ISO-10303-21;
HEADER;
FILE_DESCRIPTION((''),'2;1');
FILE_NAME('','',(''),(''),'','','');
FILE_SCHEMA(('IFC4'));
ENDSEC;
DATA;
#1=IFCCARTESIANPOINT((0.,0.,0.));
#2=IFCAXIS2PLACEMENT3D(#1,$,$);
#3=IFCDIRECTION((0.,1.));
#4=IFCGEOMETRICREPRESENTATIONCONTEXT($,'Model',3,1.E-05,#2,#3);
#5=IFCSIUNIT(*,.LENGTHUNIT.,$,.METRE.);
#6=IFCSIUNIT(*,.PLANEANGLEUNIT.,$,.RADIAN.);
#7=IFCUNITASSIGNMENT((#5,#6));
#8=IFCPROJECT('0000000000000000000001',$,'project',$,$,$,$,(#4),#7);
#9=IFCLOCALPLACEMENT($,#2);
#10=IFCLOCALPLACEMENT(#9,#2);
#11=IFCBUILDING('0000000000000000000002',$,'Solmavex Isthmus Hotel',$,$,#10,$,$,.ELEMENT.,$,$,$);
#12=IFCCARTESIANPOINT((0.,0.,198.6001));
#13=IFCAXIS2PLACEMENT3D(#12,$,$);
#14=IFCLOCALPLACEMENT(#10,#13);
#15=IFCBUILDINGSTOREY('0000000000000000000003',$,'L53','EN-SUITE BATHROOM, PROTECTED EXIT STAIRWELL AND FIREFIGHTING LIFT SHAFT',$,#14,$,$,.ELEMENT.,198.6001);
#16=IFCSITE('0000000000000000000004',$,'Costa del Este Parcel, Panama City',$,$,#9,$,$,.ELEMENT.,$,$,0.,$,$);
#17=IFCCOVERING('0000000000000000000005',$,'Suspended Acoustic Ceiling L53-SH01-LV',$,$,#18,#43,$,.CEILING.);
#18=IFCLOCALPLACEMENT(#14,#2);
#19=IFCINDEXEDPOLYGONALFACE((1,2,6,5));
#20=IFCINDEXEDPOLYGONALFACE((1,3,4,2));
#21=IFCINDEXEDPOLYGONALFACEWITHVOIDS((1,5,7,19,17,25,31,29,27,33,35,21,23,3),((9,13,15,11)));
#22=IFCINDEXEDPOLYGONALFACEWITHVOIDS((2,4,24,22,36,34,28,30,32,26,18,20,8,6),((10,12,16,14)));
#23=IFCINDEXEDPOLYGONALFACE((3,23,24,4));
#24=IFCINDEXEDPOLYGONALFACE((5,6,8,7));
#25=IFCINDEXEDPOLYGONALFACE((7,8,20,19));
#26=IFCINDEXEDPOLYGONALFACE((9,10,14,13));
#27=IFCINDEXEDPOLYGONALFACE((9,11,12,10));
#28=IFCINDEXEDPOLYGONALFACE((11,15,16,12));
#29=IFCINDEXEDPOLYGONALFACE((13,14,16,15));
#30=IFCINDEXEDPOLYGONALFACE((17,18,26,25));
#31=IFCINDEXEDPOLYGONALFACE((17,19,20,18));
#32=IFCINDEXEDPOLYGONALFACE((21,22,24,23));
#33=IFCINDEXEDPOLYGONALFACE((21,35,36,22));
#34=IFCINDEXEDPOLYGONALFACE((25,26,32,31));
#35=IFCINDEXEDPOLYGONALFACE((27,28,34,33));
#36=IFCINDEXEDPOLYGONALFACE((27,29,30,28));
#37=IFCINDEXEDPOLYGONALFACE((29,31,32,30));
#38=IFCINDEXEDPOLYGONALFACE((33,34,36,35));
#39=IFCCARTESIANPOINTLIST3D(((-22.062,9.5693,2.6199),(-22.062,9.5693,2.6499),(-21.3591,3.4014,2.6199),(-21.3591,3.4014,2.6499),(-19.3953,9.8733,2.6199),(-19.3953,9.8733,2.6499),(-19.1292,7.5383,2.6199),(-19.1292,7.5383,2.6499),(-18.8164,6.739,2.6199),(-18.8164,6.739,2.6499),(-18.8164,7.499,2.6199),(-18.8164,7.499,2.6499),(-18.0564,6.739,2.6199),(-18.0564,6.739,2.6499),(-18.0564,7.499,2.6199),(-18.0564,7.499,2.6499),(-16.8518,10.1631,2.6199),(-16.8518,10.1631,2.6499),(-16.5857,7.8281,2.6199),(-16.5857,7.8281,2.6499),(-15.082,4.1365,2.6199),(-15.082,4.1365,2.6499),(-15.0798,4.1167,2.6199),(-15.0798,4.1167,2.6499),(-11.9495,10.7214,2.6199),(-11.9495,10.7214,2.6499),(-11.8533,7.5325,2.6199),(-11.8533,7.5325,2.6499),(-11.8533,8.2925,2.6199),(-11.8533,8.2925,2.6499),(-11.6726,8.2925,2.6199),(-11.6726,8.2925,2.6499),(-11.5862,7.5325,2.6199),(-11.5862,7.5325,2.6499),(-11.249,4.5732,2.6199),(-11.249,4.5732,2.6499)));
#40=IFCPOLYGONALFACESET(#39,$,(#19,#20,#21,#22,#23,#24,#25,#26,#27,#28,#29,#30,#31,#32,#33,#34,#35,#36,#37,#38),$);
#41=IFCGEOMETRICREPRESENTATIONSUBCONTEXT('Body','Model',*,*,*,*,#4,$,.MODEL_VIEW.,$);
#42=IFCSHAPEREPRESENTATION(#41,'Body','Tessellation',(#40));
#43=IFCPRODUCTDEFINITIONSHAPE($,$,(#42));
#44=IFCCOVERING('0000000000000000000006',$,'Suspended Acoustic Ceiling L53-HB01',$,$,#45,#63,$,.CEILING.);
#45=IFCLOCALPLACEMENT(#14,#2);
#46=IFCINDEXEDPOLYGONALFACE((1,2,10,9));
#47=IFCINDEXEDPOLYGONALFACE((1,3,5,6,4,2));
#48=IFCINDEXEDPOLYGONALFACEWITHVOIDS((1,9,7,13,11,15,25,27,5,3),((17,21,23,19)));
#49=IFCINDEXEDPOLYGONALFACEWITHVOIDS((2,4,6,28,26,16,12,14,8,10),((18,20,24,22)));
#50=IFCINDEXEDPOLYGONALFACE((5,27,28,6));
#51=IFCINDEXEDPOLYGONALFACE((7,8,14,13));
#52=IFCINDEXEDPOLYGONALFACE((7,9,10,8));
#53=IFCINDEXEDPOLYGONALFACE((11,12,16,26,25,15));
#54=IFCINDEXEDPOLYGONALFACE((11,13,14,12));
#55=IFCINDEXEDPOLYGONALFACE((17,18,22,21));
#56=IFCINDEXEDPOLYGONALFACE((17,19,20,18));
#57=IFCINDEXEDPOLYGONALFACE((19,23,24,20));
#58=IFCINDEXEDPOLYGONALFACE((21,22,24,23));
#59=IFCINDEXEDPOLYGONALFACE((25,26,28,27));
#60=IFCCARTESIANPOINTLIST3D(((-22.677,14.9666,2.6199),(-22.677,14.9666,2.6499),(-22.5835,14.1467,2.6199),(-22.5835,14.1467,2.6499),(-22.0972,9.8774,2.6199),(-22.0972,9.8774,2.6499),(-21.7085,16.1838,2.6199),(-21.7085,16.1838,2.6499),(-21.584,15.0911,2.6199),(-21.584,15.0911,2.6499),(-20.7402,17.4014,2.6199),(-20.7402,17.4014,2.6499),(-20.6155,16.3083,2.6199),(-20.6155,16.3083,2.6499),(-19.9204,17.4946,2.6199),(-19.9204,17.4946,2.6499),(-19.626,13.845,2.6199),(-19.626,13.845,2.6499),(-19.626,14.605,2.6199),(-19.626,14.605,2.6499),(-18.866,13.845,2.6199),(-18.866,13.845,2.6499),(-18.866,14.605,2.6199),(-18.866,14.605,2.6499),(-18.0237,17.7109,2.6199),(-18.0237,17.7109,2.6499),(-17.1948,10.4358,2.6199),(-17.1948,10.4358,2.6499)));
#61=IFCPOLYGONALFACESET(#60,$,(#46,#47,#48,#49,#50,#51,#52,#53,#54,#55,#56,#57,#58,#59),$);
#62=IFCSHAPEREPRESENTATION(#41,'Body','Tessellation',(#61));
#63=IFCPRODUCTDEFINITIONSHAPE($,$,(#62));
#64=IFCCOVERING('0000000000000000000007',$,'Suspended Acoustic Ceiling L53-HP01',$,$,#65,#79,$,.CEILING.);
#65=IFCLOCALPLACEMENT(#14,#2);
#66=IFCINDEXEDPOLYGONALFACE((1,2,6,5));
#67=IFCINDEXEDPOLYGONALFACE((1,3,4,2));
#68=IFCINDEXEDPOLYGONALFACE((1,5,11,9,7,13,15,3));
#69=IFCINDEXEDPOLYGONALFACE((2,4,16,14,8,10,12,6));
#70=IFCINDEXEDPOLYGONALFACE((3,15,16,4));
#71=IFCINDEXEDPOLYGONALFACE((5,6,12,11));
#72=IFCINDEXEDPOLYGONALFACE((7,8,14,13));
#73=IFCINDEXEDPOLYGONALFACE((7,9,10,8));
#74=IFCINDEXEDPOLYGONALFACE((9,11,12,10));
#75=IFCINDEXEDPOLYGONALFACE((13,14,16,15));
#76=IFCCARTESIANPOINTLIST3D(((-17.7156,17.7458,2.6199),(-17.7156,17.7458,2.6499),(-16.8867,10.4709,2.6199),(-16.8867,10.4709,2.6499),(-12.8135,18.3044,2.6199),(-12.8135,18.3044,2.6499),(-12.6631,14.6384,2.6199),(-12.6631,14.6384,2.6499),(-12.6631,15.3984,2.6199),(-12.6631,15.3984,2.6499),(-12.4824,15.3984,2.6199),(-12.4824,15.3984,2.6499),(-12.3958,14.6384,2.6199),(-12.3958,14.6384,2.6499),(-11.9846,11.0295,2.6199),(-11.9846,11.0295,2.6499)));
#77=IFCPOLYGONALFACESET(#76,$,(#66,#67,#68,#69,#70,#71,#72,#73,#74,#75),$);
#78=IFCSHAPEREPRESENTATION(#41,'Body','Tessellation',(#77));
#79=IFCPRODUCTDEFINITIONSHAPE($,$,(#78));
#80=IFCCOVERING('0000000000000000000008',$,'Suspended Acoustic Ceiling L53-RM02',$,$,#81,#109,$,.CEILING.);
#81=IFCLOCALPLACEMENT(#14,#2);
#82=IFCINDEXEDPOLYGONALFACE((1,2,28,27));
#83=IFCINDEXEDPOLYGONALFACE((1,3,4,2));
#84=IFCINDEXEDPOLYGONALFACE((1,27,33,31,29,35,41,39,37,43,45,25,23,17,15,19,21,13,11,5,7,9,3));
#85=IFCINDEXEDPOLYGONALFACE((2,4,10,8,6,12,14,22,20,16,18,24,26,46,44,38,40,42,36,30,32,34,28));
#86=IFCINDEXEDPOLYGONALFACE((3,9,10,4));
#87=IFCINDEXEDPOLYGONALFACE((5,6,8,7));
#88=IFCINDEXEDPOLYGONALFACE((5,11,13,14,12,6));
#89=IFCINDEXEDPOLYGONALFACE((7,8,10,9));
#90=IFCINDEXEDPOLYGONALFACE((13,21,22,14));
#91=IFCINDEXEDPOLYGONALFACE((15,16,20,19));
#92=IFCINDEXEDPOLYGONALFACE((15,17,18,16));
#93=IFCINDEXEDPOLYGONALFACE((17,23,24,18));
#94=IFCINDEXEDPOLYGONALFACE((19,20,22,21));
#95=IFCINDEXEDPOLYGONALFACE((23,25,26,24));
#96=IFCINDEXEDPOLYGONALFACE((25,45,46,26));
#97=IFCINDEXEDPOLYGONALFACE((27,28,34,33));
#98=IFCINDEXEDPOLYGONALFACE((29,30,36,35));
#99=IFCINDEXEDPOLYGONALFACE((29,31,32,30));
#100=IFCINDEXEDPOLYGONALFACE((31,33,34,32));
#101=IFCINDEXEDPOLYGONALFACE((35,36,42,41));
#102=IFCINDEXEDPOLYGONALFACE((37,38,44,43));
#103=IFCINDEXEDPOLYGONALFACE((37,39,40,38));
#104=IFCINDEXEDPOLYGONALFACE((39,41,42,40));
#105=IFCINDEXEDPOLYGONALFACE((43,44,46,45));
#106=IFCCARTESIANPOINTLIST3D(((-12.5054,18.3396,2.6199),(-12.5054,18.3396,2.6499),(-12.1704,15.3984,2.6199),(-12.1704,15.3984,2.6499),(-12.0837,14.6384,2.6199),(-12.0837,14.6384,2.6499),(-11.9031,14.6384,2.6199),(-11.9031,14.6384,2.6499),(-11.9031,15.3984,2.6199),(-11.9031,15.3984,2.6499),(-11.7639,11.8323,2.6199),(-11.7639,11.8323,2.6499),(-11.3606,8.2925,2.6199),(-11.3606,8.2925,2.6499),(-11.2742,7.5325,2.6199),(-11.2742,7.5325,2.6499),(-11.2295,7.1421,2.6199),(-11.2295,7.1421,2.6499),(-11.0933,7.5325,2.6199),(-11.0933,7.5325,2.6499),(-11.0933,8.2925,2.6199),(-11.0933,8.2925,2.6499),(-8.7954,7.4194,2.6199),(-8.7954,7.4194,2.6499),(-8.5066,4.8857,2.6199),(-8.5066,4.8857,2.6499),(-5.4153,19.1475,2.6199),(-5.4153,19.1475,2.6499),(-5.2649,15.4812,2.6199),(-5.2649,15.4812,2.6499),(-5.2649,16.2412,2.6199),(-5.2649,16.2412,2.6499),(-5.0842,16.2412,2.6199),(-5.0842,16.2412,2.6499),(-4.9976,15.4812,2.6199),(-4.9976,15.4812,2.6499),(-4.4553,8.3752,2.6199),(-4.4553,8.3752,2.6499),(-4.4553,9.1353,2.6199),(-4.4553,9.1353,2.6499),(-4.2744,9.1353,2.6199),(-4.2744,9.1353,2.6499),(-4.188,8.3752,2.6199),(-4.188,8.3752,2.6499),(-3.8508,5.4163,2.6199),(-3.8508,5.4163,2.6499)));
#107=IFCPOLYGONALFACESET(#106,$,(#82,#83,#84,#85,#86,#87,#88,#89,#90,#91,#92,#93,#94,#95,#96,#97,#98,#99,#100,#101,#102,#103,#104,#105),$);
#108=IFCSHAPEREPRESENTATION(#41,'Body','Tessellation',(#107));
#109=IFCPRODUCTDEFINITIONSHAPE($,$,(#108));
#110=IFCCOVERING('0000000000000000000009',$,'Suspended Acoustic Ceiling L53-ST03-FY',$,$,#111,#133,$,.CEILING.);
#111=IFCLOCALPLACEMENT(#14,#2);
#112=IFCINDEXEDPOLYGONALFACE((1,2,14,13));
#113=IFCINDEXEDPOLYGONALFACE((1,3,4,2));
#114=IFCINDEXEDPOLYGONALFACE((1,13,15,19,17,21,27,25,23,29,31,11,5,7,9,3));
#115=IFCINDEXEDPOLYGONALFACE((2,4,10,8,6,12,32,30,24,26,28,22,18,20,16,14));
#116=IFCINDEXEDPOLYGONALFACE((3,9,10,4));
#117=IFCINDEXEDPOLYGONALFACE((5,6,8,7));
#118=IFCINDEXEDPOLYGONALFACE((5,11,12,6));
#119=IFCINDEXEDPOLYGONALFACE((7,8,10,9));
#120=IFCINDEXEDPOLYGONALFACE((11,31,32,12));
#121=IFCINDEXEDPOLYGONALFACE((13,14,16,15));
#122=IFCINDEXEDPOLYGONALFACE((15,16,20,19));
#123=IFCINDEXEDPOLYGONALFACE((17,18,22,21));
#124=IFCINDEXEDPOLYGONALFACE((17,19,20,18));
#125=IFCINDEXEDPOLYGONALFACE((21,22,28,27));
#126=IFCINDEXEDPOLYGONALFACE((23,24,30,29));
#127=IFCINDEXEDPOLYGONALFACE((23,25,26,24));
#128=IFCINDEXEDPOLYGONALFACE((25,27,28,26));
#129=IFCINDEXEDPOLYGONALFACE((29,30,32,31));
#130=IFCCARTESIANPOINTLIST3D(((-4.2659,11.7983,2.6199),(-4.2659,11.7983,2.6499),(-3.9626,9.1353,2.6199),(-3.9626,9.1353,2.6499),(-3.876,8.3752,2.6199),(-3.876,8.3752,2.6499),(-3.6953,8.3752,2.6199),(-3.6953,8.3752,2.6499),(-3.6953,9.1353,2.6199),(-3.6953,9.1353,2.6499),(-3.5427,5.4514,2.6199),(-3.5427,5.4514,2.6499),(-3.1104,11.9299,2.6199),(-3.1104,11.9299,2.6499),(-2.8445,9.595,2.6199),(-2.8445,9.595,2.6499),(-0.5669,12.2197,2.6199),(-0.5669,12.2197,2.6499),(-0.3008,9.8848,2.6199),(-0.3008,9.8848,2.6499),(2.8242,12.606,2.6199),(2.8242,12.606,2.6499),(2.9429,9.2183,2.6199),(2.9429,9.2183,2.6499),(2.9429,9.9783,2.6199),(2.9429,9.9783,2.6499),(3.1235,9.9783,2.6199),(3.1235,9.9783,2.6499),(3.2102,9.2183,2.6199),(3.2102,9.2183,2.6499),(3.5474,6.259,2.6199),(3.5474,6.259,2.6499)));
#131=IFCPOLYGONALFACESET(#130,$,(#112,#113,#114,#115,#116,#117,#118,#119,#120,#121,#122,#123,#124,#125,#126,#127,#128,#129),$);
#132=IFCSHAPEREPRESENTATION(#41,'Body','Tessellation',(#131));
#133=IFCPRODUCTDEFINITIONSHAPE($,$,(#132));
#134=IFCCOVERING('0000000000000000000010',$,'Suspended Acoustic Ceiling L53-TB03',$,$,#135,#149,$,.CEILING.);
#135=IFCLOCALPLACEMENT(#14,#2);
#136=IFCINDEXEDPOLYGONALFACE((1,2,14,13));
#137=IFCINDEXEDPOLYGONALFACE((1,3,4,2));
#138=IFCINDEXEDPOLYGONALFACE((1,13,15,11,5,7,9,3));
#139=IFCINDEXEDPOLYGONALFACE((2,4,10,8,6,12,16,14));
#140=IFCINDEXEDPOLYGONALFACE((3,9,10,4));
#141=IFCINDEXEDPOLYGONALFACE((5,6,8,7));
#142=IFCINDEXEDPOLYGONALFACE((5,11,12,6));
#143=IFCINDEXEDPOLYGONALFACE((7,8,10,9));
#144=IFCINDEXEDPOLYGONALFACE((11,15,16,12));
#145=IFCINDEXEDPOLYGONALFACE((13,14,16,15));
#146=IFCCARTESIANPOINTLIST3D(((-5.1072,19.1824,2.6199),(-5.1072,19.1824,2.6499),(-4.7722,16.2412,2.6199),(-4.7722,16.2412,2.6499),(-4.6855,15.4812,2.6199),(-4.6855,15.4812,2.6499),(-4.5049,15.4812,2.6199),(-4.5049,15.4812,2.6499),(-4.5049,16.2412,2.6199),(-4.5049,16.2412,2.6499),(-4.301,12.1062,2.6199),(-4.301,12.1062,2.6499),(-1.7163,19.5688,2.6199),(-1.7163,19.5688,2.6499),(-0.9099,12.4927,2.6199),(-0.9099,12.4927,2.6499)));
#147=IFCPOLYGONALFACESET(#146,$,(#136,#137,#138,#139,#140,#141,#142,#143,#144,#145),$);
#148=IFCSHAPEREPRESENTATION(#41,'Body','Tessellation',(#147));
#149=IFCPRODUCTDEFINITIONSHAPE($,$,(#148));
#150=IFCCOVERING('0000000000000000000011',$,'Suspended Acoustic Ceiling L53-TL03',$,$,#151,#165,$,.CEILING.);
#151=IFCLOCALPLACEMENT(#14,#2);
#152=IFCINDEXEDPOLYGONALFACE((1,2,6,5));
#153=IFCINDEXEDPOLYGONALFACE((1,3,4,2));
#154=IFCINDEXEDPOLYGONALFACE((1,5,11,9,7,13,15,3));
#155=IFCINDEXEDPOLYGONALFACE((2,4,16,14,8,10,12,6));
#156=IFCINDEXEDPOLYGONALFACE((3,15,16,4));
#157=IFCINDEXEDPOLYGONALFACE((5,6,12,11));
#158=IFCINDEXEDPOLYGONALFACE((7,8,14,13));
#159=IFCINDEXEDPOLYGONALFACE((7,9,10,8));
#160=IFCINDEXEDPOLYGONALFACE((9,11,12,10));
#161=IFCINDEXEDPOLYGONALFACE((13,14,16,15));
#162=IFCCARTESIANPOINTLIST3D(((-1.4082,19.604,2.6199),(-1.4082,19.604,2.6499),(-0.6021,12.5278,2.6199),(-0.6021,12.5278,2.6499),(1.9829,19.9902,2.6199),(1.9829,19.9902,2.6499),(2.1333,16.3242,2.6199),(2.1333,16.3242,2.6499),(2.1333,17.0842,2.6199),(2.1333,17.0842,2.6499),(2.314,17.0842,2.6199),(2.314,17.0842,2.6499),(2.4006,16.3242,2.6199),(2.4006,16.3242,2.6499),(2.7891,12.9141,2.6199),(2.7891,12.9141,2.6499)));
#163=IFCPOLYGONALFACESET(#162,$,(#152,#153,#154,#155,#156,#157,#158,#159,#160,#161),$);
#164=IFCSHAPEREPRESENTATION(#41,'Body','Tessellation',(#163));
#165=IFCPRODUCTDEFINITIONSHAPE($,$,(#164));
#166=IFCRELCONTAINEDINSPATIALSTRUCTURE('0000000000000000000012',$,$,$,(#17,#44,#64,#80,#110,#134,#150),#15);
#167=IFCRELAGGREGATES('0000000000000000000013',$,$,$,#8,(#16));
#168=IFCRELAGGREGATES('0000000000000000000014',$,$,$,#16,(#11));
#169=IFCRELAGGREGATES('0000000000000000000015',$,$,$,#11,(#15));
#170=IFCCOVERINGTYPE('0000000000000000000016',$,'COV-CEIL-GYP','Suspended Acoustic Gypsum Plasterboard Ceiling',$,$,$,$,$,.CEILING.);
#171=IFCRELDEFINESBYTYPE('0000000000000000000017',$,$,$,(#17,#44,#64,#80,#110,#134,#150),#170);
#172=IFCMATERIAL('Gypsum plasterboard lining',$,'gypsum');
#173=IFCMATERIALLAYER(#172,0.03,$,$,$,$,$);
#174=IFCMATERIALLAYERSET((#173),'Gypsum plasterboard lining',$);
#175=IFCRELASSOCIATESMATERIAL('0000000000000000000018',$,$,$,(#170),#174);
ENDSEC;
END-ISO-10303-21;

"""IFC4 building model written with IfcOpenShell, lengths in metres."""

from ifc_helpers import new_model, si_unit, direction, frame, origin, place, context, subcontext, project, spatial, polyline, outline, extrude, material, layer, layer_set, type_object, element, save


model = new_model("IFC4")

# Units and contexts
model_context = context("Model", 3, precision=1e-05, world=origin(), true_north=direction((0.0, 1.0)))
body_context = subcontext(model_context, "Body", "Model", "MODEL_VIEW")
ifc_project = project(units=[si_unit("LENGTHUNIT", "METRE"), si_unit("PLANEANGLEUNIT", "RADIAN")], contexts=[model_context])

# Site, building, storey
site_placement = place(None, origin())
site = spatial("IfcSite", under=ifc_project, at=site_placement, Name="Costa del Este Parcel, Panama City", CompositionType="ELEMENT", RefElevation=0.0)
building_placement = place(site_placement, origin())
building = spatial("IfcBuilding", under=site, at=building_placement, Name="Solmavex Isthmus Hotel", CompositionType="ELEMENT")
storey_placement = place(building_placement, frame((0.0, 0.0, 198.6001)))
storey = spatial("IfcBuildingStorey", under=building, at=storey_placement, Name="L53", Description="EN-SUITE BATHROOM, PROTECTED EXIT STAIRWELL AND FIREFIGHTING LIFT SHAFT", CompositionType="ELEMENT", Elevation=198.6001)

# Shared definitions
ifc_material_1 = material(Name="Gypsum plasterboard lining", Category="gypsum")

# Coverings
ifc_layer_1 = layer(ifc_material_1, 0.03)
ifc_layer_set_1 = layer_set([ifc_layer_1], Name="Gypsum plasterboard lining")
covering_type_1 = type_object("IfcCoveringType", Name="COV-CEIL-GYP", Description="Suspended Acoustic Gypsum Plasterboard Ceiling", PredefinedType="CEILING", material=ifc_layer_set_1)
covering_1_placement = place(storey_placement, frame((0.0, 0.0, 2.6199)))
element("IfcCovering", 1, at=covering_1_placement, inside=storey, type_object=covering_type_1, Name="Suspended Acoustic Ceiling L53-SH01-LV", PredefinedType="CEILING", context=body_context, shape_type="SweptSolid", body=[
    extrude(outline(polyline([(-15.0798, 4.1167), (-15.082, 4.1365), (-11.249, 4.5732), (-11.5862, 7.5325), (-11.8533, 7.5325), (-11.8533, 8.2925), (-11.6726, 8.2925), (-11.9495, 10.7214), (-16.8518, 10.1631), (-16.5857, 7.8281), (-19.1292, 7.5383), (-19.3953, 9.8733), (-22.062, 9.5693), (-21.3591, 3.4014), (-15.0798, 4.1167)]), holes=[polyline([(-18.8164, 6.739), (-18.8164, 7.499), (-18.0564, 7.499), (-18.0564, 6.739), (-18.8164, 6.739)])]), origin(), (0.0, 0.0, 1.0), 0.03),
])
covering_2_placement = place(storey_placement, frame((0.0, 0.0, 2.6199)))
element("IfcCovering", 2, at=covering_2_placement, inside=storey, type_object=covering_type_1, Name="Suspended Acoustic Ceiling L53-HB01", PredefinedType="CEILING", context=body_context, shape_type="SweptSolid", body=[
    extrude(outline(polyline([(-22.677, 14.9666), (-22.5835, 14.1467), (-22.0972, 9.8774), (-17.1948, 10.4358), (-18.0237, 17.7109), (-19.9204, 17.4946), (-20.7402, 17.4014), (-20.6155, 16.3083), (-21.7085, 16.1838), (-21.584, 15.0911), (-22.677, 14.9666)]), holes=[polyline([(-19.626, 13.845), (-19.626, 14.605), (-18.866, 14.605), (-18.866, 13.845), (-19.626, 13.845)])]), origin(), (0.0, 0.0, 1.0), 0.03),
])
covering_3_placement = place(storey_placement, frame((0.0, 0.0, 2.6199)))
element("IfcCovering", 3, at=covering_3_placement, inside=storey, type_object=covering_type_1, Name="Suspended Acoustic Ceiling L53-HP01", PredefinedType="CEILING", context=body_context, shape_type="SweptSolid", body=[
    extrude(outline(polyline([(-12.3958, 14.6384), (-12.6631, 14.6384), (-12.6631, 15.3984), (-12.4824, 15.3984), (-12.8135, 18.3044), (-17.7156, 17.7458), (-16.8867, 10.4709), (-11.9846, 11.0295), (-12.3958, 14.6384)])), origin(), (0.0, 0.0, 1.0), 0.03),
])
covering_4_placement = place(storey_placement, frame((0.0, 0.0, 2.6199)))
element("IfcCovering", 4, at=covering_4_placement, inside=storey, type_object=covering_type_1, Name="Suspended Acoustic Ceiling L53-RM02", PredefinedType="CEILING", context=body_context, shape_type="SweptSolid", body=[
    extrude(outline(polyline([(-11.3606, 8.2925), (-11.0933, 8.2925), (-11.0933, 7.5325), (-11.2742, 7.5325), (-11.2295, 7.1421), (-8.7954, 7.4194), (-8.5066, 4.8857), (-3.8508, 5.4163), (-4.188, 8.3752), (-4.4553, 8.3752), (-4.4553, 9.1353), (-4.2744, 9.1353), (-4.9976, 15.4812), (-5.2649, 15.4812), (-5.2649, 16.2412), (-5.0842, 16.2412), (-5.4153, 19.1475), (-12.5054, 18.3396), (-12.1704, 15.3984), (-11.9031, 15.3984), (-11.9031, 14.6384), (-12.0837, 14.6384), (-11.7639, 11.8323), (-11.3606, 8.2925)])), origin(), (0.0, 0.0, 1.0), 0.03),
])
covering_5_placement = place(storey_placement, frame((0.0, 0.0, 2.6199)))
element("IfcCovering", 5, at=covering_5_placement, inside=storey, type_object=covering_type_1, Name="Suspended Acoustic Ceiling L53-ST03-FY", PredefinedType="CEILING", context=body_context, shape_type="SweptSolid", body=[
    extrude(outline(polyline([(3.2102, 9.2183), (2.9429, 9.2183), (2.9429, 9.9783), (3.1235, 9.9783), (2.8242, 12.606), (-0.5669, 12.2197), (-0.3008, 9.8848), (-2.8445, 9.595), (-3.1104, 11.9299), (-4.2659, 11.7983), (-3.9626, 9.1353), (-3.6953, 9.1353), (-3.6953, 8.3752), (-3.876, 8.3752), (-3.5427, 5.4514), (3.5474, 6.259), (3.2102, 9.2183)])), origin(), (0.0, 0.0, 1.0), 0.03),
])
covering_6_placement = place(storey_placement, frame((0.0, 0.0, 2.6199)))
element("IfcCovering", 6, at=covering_6_placement, inside=storey, type_object=covering_type_1, Name="Suspended Acoustic Ceiling L53-TB03", PredefinedType="CEILING", context=body_context, shape_type="SweptSolid", body=[
    extrude(outline(polyline([(-4.7722, 16.2412), (-4.5049, 16.2412), (-4.5049, 15.4812), (-4.6855, 15.4812), (-4.301, 12.1062), (-0.9099, 12.4927), (-1.7163, 19.5688), (-5.1072, 19.1824), (-4.7722, 16.2412)])), origin(), (0.0, 0.0, 1.0), 0.03),
])
covering_7_placement = place(storey_placement, frame((0.0, 0.0, 2.6199)))
element("IfcCovering", 7, at=covering_7_placement, inside=storey, type_object=covering_type_1, Name="Suspended Acoustic Ceiling L53-TL03", PredefinedType="CEILING", context=body_context, shape_type="SweptSolid", body=[
    extrude(outline(polyline([(2.4006, 16.3242), (2.1333, 16.3242), (2.1333, 17.0842), (2.314, 17.0842), (1.9829, 19.9902), (-1.4082, 19.604), (-0.6021, 12.5278), (2.7891, 12.9141), (2.4006, 16.3242)])), origin(), (0.0, 0.0, 1.0), 0.03),
])

save(model, "model.ifc")
